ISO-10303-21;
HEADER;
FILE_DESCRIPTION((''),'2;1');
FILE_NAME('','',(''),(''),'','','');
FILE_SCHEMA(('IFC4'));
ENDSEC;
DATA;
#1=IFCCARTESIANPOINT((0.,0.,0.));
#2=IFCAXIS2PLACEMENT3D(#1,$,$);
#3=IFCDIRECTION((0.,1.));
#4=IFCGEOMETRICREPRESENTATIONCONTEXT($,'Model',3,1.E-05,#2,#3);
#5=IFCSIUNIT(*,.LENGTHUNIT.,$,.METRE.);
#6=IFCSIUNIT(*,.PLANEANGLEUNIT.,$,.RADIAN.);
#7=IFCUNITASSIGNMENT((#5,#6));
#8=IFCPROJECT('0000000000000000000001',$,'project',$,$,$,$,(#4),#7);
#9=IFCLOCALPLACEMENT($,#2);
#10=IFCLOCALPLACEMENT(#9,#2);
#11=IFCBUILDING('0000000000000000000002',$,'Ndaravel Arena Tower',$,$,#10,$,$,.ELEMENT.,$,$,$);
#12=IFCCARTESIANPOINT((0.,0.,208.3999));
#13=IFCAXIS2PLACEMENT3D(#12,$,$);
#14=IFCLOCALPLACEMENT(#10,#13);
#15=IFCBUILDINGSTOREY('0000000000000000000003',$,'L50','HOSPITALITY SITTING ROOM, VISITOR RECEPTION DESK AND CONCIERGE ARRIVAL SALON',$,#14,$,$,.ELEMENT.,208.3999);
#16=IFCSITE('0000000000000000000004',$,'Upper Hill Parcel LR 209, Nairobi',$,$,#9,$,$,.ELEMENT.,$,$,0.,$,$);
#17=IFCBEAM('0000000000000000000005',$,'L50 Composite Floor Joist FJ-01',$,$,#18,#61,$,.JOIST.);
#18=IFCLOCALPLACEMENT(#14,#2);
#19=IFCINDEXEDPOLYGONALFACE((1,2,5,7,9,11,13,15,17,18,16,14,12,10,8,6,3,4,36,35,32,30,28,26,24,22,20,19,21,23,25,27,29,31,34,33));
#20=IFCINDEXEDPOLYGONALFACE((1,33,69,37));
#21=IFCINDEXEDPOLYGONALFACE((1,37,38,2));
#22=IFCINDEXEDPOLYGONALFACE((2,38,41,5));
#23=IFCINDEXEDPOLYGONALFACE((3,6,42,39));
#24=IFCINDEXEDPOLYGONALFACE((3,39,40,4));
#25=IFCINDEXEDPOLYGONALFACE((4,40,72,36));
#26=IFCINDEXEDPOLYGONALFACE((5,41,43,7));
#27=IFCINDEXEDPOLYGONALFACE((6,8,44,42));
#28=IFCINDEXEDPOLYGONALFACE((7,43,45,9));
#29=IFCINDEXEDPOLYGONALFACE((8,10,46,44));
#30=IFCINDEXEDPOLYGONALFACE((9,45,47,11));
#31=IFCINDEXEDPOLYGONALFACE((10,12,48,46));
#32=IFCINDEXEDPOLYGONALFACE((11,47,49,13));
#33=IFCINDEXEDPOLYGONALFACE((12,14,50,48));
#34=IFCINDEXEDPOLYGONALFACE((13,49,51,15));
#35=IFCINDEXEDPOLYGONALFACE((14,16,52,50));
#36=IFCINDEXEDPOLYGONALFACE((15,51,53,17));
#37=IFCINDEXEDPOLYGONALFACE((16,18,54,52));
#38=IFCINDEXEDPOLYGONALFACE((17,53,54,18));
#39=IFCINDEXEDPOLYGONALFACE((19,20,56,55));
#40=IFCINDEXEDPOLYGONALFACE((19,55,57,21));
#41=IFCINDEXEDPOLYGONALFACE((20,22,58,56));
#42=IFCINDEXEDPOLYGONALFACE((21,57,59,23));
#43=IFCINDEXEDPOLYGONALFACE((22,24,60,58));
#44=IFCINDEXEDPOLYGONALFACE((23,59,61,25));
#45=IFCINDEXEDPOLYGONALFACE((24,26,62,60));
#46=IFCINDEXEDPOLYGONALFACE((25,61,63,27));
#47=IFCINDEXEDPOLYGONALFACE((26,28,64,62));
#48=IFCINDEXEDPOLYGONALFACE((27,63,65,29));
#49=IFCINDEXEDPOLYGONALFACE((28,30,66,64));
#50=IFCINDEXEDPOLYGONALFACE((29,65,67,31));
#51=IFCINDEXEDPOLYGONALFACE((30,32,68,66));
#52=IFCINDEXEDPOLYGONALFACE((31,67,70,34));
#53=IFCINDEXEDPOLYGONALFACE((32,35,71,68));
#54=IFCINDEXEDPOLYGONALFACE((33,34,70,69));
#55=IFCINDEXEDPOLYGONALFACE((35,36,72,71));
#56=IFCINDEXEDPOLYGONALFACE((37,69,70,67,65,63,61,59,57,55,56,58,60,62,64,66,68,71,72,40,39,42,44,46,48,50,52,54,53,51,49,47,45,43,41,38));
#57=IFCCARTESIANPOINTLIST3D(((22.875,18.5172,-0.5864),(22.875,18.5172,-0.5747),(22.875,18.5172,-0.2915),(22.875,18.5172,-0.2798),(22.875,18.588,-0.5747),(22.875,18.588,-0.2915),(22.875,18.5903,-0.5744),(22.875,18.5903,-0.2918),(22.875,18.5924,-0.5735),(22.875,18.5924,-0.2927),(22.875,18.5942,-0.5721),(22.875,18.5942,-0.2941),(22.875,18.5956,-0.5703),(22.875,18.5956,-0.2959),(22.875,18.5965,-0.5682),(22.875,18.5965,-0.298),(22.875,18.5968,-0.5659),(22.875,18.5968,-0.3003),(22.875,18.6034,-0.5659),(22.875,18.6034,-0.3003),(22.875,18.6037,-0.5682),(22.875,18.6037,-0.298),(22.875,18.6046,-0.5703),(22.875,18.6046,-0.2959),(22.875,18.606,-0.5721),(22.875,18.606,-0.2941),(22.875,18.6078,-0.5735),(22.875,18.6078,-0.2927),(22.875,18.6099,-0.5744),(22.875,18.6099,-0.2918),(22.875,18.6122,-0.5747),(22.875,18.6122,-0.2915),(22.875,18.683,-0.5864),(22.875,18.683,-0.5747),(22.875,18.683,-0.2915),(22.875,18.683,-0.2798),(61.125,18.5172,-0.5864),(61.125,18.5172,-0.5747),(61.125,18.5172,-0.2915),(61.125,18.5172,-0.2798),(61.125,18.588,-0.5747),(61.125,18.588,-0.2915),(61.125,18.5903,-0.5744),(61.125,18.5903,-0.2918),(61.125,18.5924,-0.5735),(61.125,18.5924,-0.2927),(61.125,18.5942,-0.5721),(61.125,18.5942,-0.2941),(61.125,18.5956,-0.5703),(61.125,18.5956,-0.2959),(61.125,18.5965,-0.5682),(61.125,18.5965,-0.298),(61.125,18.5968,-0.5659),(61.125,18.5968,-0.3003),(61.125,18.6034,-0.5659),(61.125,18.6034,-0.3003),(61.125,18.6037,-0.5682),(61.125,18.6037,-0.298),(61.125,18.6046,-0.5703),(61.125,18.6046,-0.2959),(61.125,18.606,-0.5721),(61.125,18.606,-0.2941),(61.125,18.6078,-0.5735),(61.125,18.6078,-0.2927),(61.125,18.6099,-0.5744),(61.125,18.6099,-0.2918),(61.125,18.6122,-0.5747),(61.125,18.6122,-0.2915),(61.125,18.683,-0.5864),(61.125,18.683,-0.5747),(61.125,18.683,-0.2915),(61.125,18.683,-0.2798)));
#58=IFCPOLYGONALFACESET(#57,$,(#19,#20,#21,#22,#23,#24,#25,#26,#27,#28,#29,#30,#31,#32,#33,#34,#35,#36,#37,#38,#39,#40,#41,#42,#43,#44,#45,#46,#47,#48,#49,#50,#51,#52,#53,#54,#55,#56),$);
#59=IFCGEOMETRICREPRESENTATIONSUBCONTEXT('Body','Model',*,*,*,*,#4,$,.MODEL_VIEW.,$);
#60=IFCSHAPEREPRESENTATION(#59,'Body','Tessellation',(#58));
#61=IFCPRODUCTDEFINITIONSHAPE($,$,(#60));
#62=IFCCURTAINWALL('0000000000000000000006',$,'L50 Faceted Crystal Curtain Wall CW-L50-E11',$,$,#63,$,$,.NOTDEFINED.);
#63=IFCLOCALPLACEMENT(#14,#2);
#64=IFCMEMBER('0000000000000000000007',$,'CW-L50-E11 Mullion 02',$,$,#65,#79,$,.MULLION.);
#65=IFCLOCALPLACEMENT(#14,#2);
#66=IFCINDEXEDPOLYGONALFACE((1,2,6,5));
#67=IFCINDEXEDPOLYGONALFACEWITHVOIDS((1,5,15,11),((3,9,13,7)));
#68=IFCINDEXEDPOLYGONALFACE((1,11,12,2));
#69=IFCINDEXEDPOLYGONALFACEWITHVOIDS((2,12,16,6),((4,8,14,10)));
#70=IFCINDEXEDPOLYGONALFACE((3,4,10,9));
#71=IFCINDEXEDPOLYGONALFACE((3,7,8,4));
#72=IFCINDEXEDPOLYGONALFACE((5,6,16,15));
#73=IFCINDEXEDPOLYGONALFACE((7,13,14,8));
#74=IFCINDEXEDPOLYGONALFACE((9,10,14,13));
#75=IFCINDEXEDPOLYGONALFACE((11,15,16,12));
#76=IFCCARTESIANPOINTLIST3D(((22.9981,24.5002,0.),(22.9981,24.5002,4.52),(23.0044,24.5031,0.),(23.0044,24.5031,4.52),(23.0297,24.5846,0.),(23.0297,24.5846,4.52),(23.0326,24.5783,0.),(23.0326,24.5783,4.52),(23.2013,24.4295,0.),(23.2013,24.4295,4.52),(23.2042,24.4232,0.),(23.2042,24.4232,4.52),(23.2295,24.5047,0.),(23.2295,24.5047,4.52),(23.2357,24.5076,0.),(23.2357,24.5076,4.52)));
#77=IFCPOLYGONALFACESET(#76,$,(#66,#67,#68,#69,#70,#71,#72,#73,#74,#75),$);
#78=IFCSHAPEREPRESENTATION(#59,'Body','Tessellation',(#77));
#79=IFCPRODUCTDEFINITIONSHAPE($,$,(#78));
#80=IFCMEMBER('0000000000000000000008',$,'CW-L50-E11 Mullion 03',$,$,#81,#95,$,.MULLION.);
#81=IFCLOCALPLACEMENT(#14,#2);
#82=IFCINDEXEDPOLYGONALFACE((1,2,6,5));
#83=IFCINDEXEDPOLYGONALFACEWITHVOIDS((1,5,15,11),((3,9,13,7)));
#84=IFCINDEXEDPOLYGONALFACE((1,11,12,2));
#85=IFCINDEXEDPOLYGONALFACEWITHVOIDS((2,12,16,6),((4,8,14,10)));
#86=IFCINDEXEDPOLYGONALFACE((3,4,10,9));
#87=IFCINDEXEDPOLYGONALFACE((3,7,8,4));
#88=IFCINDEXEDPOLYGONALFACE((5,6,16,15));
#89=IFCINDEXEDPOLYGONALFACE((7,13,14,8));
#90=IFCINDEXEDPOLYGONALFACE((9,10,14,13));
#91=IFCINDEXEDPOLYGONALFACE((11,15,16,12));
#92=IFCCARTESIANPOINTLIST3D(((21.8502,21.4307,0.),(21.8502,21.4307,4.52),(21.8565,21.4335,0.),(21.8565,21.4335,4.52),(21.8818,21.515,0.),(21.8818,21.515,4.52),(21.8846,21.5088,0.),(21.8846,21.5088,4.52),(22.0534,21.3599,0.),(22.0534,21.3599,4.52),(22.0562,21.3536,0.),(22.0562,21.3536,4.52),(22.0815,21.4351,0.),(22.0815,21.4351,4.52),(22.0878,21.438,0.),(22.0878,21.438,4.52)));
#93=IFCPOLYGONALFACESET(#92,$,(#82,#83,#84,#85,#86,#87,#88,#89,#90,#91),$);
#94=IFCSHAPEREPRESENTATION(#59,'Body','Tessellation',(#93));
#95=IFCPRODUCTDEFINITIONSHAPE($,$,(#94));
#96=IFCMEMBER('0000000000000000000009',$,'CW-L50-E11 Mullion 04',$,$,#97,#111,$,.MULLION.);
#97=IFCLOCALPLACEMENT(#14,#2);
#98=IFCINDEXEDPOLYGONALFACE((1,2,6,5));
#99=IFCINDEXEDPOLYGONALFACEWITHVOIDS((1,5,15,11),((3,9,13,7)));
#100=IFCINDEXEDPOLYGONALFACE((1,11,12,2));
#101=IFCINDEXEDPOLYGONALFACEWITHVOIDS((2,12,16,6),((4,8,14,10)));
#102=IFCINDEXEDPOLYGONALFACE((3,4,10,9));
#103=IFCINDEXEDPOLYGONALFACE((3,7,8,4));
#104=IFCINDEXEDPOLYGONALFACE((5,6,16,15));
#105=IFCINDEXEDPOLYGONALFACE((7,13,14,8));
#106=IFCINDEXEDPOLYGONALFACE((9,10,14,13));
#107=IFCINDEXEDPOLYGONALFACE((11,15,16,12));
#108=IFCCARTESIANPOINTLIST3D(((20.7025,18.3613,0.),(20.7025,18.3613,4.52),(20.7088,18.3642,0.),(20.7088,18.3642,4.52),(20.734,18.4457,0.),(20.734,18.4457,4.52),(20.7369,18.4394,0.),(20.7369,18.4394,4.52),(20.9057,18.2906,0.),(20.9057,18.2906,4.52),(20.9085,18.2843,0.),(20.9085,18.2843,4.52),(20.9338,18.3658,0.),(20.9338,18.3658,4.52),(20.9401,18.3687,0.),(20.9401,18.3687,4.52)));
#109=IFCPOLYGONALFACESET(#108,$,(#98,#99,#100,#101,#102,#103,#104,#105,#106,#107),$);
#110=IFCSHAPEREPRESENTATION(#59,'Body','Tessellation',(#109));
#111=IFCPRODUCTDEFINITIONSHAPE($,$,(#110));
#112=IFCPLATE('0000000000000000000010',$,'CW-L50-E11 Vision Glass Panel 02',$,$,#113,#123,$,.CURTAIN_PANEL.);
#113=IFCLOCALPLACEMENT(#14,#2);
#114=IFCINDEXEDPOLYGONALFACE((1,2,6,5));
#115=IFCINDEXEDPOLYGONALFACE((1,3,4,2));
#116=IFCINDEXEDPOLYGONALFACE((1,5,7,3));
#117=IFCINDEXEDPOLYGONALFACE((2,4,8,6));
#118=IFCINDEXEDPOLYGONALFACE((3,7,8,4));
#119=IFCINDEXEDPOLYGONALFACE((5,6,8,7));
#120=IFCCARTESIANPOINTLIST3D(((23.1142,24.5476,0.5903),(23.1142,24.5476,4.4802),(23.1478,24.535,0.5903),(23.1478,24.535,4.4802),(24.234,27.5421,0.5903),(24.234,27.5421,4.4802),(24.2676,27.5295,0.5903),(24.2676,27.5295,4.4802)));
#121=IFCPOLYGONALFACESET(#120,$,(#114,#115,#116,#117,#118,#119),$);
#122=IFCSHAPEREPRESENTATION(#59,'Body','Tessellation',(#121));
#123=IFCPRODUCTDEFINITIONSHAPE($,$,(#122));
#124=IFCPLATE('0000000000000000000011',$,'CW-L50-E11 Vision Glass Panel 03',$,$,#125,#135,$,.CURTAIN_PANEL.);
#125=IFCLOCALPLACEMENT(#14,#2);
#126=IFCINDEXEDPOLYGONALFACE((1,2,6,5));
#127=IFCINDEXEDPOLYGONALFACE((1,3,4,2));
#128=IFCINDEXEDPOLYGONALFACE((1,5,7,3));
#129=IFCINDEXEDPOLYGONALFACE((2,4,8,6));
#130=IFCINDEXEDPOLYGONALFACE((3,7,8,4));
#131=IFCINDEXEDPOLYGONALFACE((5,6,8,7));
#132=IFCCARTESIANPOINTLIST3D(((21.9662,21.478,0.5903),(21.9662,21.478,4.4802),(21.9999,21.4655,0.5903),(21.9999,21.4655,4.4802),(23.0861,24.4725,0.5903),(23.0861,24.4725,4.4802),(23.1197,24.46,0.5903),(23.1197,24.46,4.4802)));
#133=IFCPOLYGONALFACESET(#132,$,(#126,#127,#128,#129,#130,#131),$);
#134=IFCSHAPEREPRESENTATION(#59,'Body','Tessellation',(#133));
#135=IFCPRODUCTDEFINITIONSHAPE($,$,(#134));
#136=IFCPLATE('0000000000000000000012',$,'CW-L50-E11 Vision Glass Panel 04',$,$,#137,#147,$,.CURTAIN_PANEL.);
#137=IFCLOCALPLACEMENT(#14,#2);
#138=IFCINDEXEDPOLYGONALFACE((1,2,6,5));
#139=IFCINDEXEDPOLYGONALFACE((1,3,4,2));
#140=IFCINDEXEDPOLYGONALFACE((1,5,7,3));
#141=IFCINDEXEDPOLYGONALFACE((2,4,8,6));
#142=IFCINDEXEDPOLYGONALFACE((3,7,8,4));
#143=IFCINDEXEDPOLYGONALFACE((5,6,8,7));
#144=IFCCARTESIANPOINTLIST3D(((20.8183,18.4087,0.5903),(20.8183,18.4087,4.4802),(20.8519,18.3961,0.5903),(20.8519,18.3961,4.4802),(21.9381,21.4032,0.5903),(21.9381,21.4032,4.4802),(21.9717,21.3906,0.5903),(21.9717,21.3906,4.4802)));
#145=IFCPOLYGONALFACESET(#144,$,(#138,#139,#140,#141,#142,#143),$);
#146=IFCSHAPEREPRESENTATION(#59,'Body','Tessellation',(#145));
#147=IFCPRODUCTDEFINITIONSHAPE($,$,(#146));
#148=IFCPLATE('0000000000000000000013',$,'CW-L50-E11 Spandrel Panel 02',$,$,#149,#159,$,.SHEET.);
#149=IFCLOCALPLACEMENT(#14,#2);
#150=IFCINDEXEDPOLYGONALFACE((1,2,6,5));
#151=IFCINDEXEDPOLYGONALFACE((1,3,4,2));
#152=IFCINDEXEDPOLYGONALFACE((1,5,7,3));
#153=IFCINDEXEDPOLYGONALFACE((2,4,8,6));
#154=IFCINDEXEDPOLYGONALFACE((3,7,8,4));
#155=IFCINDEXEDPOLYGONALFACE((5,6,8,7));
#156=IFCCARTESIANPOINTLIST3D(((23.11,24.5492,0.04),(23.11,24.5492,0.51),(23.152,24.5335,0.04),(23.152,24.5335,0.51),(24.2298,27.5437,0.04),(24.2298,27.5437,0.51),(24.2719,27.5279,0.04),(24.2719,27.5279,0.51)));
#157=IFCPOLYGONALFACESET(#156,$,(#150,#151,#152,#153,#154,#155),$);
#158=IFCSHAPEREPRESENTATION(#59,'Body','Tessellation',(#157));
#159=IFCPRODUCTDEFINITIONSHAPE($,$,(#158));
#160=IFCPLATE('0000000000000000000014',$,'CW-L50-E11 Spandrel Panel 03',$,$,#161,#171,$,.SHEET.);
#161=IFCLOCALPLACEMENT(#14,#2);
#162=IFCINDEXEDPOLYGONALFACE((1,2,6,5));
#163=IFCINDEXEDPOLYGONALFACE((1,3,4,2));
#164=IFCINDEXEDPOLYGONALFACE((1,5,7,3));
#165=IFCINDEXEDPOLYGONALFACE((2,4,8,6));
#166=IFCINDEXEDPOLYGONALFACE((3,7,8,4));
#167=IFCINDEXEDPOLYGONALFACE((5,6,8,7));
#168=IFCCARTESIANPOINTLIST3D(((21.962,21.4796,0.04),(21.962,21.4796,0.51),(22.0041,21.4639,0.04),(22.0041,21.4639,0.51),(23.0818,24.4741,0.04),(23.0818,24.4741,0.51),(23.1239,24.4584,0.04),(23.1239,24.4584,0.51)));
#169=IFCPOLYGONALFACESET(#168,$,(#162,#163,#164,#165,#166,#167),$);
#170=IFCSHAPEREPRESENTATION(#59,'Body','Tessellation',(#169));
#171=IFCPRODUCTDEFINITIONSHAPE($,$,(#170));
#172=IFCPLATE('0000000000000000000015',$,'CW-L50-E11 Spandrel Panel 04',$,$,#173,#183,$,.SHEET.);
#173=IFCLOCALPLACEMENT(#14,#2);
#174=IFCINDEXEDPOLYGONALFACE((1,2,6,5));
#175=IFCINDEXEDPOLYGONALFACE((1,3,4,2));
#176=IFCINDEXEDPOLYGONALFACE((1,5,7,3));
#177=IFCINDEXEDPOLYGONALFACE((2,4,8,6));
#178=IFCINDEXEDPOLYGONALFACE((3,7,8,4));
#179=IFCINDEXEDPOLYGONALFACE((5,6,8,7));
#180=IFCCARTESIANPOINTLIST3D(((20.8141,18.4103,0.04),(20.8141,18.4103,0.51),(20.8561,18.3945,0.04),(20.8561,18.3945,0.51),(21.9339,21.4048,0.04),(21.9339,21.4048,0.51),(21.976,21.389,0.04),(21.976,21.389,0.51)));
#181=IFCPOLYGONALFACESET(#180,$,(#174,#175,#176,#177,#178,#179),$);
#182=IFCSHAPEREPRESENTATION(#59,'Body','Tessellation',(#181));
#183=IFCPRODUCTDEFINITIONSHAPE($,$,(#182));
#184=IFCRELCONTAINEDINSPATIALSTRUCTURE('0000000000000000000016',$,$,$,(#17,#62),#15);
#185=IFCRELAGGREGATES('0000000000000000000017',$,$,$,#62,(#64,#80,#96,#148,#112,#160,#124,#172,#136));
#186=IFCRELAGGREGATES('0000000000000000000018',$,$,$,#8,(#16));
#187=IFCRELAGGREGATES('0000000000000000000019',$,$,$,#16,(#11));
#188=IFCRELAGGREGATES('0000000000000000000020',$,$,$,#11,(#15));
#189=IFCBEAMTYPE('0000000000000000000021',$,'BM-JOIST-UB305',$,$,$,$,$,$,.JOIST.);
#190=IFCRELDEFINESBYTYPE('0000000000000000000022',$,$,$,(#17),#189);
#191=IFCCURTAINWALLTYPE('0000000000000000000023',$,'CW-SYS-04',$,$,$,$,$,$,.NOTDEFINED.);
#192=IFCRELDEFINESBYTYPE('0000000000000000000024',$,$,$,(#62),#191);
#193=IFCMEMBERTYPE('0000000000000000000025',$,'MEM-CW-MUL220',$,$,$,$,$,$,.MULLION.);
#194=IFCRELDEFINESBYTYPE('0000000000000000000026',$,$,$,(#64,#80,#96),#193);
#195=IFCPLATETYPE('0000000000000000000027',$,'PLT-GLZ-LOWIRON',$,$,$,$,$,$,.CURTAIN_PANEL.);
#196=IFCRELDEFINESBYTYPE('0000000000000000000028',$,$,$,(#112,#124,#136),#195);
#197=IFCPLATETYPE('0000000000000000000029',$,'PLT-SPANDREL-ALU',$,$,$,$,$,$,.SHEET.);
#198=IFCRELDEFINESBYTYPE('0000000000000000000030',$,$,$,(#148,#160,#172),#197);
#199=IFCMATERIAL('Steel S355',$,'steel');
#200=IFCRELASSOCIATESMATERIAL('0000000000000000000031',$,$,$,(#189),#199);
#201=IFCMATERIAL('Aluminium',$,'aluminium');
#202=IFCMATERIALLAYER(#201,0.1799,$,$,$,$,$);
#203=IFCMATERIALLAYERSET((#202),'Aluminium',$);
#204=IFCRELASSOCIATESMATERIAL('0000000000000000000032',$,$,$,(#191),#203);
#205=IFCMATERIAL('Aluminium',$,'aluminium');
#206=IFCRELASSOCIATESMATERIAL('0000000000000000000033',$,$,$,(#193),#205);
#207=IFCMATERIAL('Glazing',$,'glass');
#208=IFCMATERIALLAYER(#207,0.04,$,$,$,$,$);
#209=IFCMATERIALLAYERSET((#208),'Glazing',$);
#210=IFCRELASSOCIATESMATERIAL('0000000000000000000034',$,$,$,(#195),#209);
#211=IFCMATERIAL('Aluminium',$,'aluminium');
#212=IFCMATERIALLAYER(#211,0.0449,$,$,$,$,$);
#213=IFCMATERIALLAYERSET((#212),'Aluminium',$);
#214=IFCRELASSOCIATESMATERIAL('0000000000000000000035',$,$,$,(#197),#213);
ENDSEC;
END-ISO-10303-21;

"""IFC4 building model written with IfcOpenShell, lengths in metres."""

from ifc_helpers import new_model, si_unit, direction, frame, origin, origin_2d, place, context, subcontext, project, spatial, rectangle, hollow_rectangle, i_section, extrude, material, layer, layer_set, material_profile, profile_set, type_object, element, aggregate, save


model = new_model("IFC4")

# Units and contexts
model_context = context("Model", 3, precision=1e-05, world=origin(), true_north=direction((0.0, 1.0)))
body_context = subcontext(model_context, "Body", "Model", "MODEL_VIEW")
ifc_project = project(units=[si_unit("LENGTHUNIT", "METRE"), si_unit("PLANEANGLEUNIT", "RADIAN")], contexts=[model_context])

# Site, building, storey
site_placement = place(None, origin())
site = spatial("IfcSite", under=ifc_project, at=site_placement, Name="Upper Hill Parcel LR 209, Nairobi", CompositionType="ELEMENT", RefElevation=0.0)
building_placement = place(site_placement, origin())
building = spatial("IfcBuilding", under=site, at=building_placement, Name="Ndaravel Arena Tower", CompositionType="ELEMENT")
storey_placement = place(building_placement, frame((0.0, 0.0, 208.3999)))
storey = spatial("IfcBuildingStorey", under=building, at=storey_placement, Name="L50", Description="HOSPITALITY SITTING ROOM, VISITOR RECEPTION DESK AND CONCIERGE ARRIVAL SALON", CompositionType="ELEMENT", Elevation=208.3999)

# Beam
ifc_material_1 = material(Name="Steel S355", Category="steel")
ifc_material_profile_1 = material_profile(ifc_material_1, i_section(OverallWidth=0.1658, OverallDepth=0.3066, WebThickness=0.0066, FlangeThickness=0.0117, FilletRadius=0.0088, at=origin_2d()), Name="UB 305x165x46")
ifc_profile_set_1 = profile_set([ifc_material_profile_1], Name="Steel S355")
beam_type = type_object("IfcBeamType", Name="BM-JOIST-UB305", PredefinedType="JOIST", material=ifc_profile_set_1)
beam_placement = place(storey_placement, frame((22.875, 18.6001, -0.4331), z_axis=(1.0, 0.0, 0.0), x_axis=(0.0, 1.0, 0.0)))
element("IfcBeam", 1, at=beam_placement, inside=storey, type_object=beam_type, Name="L50 Composite Floor Joist FJ-01", PredefinedType="JOIST", context=body_context, shape_type="SweptSolid", body=[
    extrude(i_section(OverallWidth=0.1658, OverallDepth=0.3066, WebThickness=0.0066, FlangeThickness=0.0117, FilletRadius=0.0088, at=origin_2d()), origin(), (0.0, 0.0, 1.0), 38.25),
])

# Curtain wall, members, plates
ifc_material_2 = material(Name="Aluminium", Category="aluminium")
ifc_layer_1 = layer(ifc_material_2, 0.1799)
ifc_layer_set_1 = layer_set([ifc_layer_1], Name="Aluminium")
curtain_wall_type = type_object("IfcCurtainWallType", Name="CW-SYS-04", PredefinedType="NOTDEFINED", material=ifc_layer_set_1)
curtain_wall_placement = place(storey_placement, origin())
curtain_wall = element("IfcCurtainWall", 2, at=curtain_wall_placement, inside=storey, type_object=curtain_wall_type, Name="L50 Faceted Crystal Curtain Wall CW-L50-E11", PredefinedType="NOTDEFINED")
ifc_material_3 = material(Name="Aluminium", Category="aluminium")
ifc_material_profile_2 = material_profile(ifc_material_3, hollow_rectangle(XDim=0.0901, YDim=0.22, WallThickness=0.0049, at=origin_2d()), Name="CW MULLION 90x220x5")
ifc_profile_set_2 = profile_set([ifc_material_profile_2], Name="Aluminium")
member_type = type_object("IfcMemberType", Name="MEM-CW-MUL220", PredefinedType="MULLION", material=ifc_profile_set_2)
member_1_placement = place(storey_placement, frame((23.1169, 24.5039, 0.0), z_axis=(0.0, 0.0, 1.0), x_axis=(-0.350273, -0.936648, 0.0)))
member_1 = element("IfcMember", 3, at=member_1_placement, type_object=member_type, Name="CW-L50-E11 Mullion 02", PredefinedType="MULLION", context=body_context, shape_type="SweptSolid", body=[
    extrude(hollow_rectangle(XDim=0.0901, YDim=0.22, WallThickness=0.0049, at=origin_2d()), origin(), (0.0, 0.0, 1.0), 4.52),
])
member_2_placement = place(storey_placement, frame((21.969, 21.4343, 0.0), z_axis=(0.0, 0.0, 1.0), x_axis=(-0.350273, -0.936648, 0.0)))
member_2 = element("IfcMember", 4, at=member_2_placement, type_object=member_type, Name="CW-L50-E11 Mullion 03", PredefinedType="MULLION", context=body_context, shape_type="SweptSolid", body=[
    extrude(hollow_rectangle(XDim=0.0901, YDim=0.22, WallThickness=0.0049, at=origin_2d()), origin(), (0.0, 0.0, 1.0), 4.52),
])
member_3_placement = place(storey_placement, frame((20.8213, 18.365, 0.0), z_axis=(0.0, 0.0, 1.0), x_axis=(-0.350273, -0.936648, 0.0)))
member_3 = element("IfcMember", 5, at=member_3_placement, type_object=member_type, Name="CW-L50-E11 Mullion 04", PredefinedType="MULLION", context=body_context, shape_type="SweptSolid", body=[
    extrude(hollow_rectangle(XDim=0.0901, YDim=0.22, WallThickness=0.0049, at=origin_2d()), origin(), (0.0, 0.0, 1.0), 4.52),
])
ifc_material_4 = material(Name="Glazing", Category="glass")
ifc_layer_2 = layer(ifc_material_4, 0.04)
ifc_layer_set_2 = layer_set([ifc_layer_2], Name="Glazing")
plate_type_1 = type_object("IfcPlateType", Name="PLT-GLZ-LOWIRON", PredefinedType="CURTAIN_PANEL", material=ifc_layer_set_2)
plate_1_placement = place(storey_placement, frame((23.6909, 26.0386, 0.5903), z_axis=(0.0, 0.0, 1.0), x_axis=(-0.350273, -0.936648, 0.0)))
plate_1 = element("IfcPlate", 6, at=plate_1_placement, type_object=plate_type_1, Name="CW-L50-E11 Vision Glass Panel 02", PredefinedType="CURTAIN_PANEL", context=body_context, shape_type="SweptSolid", body=[
    extrude(rectangle(XDim=3.197, YDim=0.0359, at=origin_2d()), origin(), (0.0, 0.0, 1.0), 3.8899),
])
plate_2_placement = place(storey_placement, frame((22.543, 22.969, 0.5903), z_axis=(0.0, 0.0, 1.0), x_axis=(-0.350273, -0.936648, 0.0)))
plate_2 = element("IfcPlate", 7, at=plate_2_placement, type_object=plate_type_1, Name="CW-L50-E11 Vision Glass Panel 03", PredefinedType="CURTAIN_PANEL", context=body_context, shape_type="SweptSolid", body=[
    extrude(rectangle(XDim=3.197, YDim=0.0359, at=origin_2d()), origin(), (0.0, 0.0, 1.0), 3.8899),
])
plate_3_placement = place(storey_placement, frame((21.395, 19.8997, 0.5903), z_axis=(0.0, 0.0, 1.0), x_axis=(-0.350273, -0.936648, 0.0)))
plate_3 = element("IfcPlate", 8, at=plate_3_placement, type_object=plate_type_1, Name="CW-L50-E11 Vision Glass Panel 04", PredefinedType="CURTAIN_PANEL", context=body_context, shape_type="SweptSolid", body=[
    extrude(rectangle(XDim=3.197, YDim=0.0359, at=origin_2d()), origin(), (0.0, 0.0, 1.0), 3.8899),
])
ifc_material_5 = material(Name="Aluminium", Category="aluminium")
ifc_layer_3 = layer(ifc_material_5, 0.0449)
ifc_layer_set_3 = layer_set([ifc_layer_3], Name="Aluminium")
plate_type_2 = type_object("IfcPlateType", Name="PLT-SPANDREL-ALU", PredefinedType="SHEET", material=ifc_layer_set_3)
plate_4_placement = place(storey_placement, frame((23.6909, 26.0386, 0.04), z_axis=(0.0, 0.0, 1.0), x_axis=(-0.350273, -0.936648, 0.0)))
plate_4 = element("IfcPlate", 9, at=plate_4_placement, type_object=plate_type_2, Name="CW-L50-E11 Spandrel Panel 02", PredefinedType="SHEET", context=body_context, shape_type="SweptSolid", body=[
    extrude(rectangle(XDim=3.197, YDim=0.0449, at=origin_2d()), origin(), (0.0, 0.0, 1.0), 0.47),
])
plate_5_placement = place(storey_placement, frame((22.543, 22.969, 0.04), z_axis=(0.0, 0.0, 1.0), x_axis=(-0.350273, -0.936648, 0.0)))
plate_5 = element("IfcPlate", 10, at=plate_5_placement, type_object=plate_type_2, Name="CW-L50-E11 Spandrel Panel 03", PredefinedType="SHEET", context=body_context, shape_type="SweptSolid", body=[
    extrude(rectangle(XDim=3.197, YDim=0.0449, at=origin_2d()), origin(), (0.0, 0.0, 1.0), 0.47),
])
plate_6_placement = place(storey_placement, frame((21.395, 19.8997, 0.04), z_axis=(0.0, 0.0, 1.0), x_axis=(-0.350273, -0.936648, 0.0)))
plate_6 = element("IfcPlate", 11, at=plate_6_placement, type_object=plate_type_2, Name="CW-L50-E11 Spandrel Panel 04", PredefinedType="SHEET", context=body_context, shape_type="SweptSolid", body=[
    extrude(rectangle(XDim=3.197, YDim=0.0449, at=origin_2d()), origin(), (0.0, 0.0, 1.0), 0.47),
])
aggregate(curtain_wall, [member_1, member_2, member_3, plate_4, plate_1, plate_5, plate_2, plate_6, plate_3])

save(model, "model.ifc")
